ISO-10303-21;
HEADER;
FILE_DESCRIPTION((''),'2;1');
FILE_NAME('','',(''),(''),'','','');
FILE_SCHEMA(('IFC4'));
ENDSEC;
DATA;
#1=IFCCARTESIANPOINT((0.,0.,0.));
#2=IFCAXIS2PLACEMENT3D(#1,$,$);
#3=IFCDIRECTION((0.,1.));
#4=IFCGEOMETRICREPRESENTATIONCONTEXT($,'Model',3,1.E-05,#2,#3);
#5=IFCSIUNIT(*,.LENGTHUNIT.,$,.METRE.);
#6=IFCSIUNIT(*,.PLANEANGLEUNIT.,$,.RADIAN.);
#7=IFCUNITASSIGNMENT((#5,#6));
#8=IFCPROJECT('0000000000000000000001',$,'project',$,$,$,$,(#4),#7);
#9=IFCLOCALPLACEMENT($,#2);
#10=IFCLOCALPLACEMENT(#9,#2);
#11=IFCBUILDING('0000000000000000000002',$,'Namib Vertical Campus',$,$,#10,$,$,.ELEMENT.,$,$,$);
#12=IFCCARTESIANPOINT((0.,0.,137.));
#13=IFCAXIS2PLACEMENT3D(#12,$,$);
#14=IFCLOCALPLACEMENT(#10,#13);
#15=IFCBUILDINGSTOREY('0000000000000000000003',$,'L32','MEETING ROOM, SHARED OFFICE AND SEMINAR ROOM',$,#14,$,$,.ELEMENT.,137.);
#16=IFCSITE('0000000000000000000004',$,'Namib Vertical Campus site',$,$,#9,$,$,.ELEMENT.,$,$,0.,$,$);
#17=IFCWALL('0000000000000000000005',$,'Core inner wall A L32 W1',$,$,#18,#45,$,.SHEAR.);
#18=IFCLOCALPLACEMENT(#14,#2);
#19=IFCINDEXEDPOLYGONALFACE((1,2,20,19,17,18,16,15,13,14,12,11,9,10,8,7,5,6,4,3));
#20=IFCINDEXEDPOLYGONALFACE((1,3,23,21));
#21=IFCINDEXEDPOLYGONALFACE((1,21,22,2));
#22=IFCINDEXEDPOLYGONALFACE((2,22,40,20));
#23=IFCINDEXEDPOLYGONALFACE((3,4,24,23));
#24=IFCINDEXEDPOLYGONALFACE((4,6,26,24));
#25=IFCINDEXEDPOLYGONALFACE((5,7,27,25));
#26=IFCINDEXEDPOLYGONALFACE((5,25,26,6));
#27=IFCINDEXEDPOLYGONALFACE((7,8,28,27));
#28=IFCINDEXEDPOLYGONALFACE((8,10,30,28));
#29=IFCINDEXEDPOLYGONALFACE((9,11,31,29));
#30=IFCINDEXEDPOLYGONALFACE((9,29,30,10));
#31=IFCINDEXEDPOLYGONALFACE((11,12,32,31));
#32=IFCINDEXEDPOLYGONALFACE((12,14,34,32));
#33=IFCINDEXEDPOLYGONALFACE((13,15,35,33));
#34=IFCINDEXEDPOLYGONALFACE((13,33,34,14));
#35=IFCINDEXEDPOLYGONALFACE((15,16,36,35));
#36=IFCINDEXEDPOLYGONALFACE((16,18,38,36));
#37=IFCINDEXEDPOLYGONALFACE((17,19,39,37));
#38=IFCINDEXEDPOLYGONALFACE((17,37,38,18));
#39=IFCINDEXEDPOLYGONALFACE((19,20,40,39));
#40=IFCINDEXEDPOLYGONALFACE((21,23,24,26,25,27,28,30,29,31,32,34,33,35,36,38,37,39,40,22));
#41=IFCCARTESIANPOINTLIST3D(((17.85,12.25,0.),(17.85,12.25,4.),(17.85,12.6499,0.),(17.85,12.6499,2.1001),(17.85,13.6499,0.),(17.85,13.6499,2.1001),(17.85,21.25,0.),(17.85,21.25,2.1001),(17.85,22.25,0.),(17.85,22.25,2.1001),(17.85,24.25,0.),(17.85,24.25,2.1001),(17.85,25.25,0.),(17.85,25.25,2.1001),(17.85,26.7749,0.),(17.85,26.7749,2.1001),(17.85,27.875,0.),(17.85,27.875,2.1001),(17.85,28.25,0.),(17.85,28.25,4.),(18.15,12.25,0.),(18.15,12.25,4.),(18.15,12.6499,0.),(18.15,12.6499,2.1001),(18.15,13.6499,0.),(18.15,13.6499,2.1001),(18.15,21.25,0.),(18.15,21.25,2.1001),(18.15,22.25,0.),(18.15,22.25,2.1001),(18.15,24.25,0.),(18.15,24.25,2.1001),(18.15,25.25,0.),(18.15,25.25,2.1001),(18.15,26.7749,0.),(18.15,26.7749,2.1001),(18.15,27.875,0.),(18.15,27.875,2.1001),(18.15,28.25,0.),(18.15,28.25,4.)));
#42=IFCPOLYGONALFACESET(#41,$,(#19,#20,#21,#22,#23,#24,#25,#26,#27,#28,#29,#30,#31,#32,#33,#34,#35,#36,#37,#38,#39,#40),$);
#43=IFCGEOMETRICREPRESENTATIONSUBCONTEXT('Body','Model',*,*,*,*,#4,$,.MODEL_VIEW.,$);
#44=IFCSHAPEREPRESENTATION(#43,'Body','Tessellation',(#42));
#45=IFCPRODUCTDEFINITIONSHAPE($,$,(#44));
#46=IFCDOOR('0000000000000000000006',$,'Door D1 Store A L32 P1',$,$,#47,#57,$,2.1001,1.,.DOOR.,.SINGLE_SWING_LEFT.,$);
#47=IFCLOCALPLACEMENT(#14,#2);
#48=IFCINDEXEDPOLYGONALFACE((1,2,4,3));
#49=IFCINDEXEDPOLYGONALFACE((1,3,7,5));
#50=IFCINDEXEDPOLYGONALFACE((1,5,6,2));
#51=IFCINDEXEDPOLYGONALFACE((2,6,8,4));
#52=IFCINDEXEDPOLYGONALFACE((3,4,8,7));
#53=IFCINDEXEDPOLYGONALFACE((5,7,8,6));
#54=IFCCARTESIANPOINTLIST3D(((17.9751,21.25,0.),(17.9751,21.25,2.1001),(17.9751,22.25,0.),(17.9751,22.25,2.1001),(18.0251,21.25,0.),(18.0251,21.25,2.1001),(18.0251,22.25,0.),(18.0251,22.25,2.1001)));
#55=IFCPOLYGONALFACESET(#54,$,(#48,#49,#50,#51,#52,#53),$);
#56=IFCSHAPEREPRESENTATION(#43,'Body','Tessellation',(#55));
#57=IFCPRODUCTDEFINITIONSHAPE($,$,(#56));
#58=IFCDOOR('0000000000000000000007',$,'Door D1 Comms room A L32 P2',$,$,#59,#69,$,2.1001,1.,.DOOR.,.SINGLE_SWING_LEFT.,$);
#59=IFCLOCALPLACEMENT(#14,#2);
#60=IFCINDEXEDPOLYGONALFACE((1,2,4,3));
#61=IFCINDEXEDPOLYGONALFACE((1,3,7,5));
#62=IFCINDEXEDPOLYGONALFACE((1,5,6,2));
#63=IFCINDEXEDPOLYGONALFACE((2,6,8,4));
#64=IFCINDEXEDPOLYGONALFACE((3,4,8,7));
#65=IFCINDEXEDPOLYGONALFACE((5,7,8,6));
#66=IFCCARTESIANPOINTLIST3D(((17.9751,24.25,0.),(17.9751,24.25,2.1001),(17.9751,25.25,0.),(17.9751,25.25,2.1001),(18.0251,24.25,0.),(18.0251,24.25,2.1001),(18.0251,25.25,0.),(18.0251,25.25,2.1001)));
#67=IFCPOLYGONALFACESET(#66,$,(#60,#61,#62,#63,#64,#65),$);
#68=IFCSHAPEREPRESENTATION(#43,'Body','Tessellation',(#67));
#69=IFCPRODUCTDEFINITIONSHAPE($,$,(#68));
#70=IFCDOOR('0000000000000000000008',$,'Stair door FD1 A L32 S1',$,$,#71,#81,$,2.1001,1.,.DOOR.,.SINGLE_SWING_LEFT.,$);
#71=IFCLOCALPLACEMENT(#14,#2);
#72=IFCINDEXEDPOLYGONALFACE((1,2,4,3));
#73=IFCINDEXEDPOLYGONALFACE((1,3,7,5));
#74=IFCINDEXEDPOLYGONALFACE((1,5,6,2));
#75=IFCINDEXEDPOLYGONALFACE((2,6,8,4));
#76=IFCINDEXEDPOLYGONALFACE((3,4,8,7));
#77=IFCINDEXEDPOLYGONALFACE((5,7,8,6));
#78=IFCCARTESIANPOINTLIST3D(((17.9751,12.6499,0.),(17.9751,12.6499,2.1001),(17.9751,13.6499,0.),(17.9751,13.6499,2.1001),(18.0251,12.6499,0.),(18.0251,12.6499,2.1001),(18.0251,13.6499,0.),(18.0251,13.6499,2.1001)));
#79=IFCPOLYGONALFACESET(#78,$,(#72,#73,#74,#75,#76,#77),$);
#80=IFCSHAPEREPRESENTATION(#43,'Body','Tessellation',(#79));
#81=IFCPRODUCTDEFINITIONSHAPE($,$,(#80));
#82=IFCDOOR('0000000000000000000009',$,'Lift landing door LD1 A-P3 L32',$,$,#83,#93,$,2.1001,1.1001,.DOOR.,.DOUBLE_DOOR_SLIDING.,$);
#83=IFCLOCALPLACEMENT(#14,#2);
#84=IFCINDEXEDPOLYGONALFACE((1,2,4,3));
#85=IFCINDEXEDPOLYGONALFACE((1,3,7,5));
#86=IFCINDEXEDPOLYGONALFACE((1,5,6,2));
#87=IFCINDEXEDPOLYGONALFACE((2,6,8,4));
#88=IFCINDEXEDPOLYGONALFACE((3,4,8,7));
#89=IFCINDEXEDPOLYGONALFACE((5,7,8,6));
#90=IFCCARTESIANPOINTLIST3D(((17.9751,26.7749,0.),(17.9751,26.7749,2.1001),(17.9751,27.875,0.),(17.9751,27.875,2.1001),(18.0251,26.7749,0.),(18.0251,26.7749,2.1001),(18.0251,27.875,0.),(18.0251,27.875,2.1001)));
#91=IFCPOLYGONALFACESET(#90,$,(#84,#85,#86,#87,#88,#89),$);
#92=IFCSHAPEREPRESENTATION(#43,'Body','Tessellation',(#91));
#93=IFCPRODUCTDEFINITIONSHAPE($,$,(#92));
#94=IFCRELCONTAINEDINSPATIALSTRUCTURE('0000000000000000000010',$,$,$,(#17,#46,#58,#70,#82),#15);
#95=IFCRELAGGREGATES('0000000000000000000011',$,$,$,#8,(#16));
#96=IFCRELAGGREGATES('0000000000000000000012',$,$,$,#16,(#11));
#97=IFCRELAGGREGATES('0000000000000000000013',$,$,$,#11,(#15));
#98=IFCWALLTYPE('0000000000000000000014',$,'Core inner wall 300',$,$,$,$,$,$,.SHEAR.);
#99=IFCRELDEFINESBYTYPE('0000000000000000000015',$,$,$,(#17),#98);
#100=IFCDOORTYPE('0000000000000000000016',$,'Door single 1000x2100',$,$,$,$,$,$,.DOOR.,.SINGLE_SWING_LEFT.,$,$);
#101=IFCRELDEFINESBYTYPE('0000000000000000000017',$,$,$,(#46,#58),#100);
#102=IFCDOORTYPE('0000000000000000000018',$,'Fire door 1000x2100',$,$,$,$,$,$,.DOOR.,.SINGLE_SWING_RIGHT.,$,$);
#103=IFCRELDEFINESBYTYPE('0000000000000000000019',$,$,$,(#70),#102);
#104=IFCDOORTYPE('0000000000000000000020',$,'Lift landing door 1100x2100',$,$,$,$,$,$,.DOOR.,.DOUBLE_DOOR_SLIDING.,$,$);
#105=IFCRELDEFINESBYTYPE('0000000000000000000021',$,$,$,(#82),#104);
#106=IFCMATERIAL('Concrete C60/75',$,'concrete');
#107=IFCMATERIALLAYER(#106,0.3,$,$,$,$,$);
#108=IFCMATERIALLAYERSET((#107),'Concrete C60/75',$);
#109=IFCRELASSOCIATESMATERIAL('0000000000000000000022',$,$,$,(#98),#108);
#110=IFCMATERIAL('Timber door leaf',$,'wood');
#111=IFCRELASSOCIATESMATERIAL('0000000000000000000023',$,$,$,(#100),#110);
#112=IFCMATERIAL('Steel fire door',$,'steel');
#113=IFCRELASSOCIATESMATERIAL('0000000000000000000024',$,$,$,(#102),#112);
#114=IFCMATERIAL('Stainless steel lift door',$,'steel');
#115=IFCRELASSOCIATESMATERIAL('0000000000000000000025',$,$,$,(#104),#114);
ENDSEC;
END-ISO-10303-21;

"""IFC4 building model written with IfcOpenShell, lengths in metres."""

from ifc_helpers import new_model, si_unit, direction, frame, frame_2d, origin, place, context, subcontext, project, spatial, rectangle, extrude, material, layer, layer_set, type_object, element, fill, save


model = new_model("IFC4")

# Units and contexts
model_context = context("Model", 3, precision=1e-05, world=origin(), true_north=direction((0.0, 1.0)))
body_context = subcontext(model_context, "Body", "Model", "MODEL_VIEW")
ifc_project = project(units=[si_unit("LENGTHUNIT", "METRE"), si_unit("PLANEANGLEUNIT", "RADIAN")], contexts=[model_context])

# Site, building, storey
site_placement = place(None, origin())
site = spatial("IfcSite", under=ifc_project, at=site_placement, Name="Namib Vertical Campus site", CompositionType="ELEMENT", RefElevation=0.0)
building_placement = place(site_placement, origin())
building = spatial("IfcBuilding", under=site, at=building_placement, Name="Namib Vertical Campus", CompositionType="ELEMENT")
storey_placement = place(building_placement, frame((0.0, 0.0, 137.0)))
storey = spatial("IfcBuildingStorey", under=building, at=storey_placement, Name="L32", Description="MEETING ROOM, SHARED OFFICE AND SEMINAR ROOM", CompositionType="ELEMENT", Elevation=137.0)

# Wall, openings, doors
ifc_material_1 = material(Name="Concrete C60/75", Category="concrete")
ifc_layer_1 = layer(ifc_material_1, 0.3)
ifc_layer_set_1 = layer_set([ifc_layer_1], Name="Concrete C60/75")
wall_type_1 = type_object("IfcWallType", Name="Core inner wall 300", PredefinedType="SHEAR", material=ifc_layer_set_1)
wall_1_placement = place(storey_placement, frame((18.0, 12.25, 0.0), z_axis=(0.0, 0.0, 1.0), x_axis=(0.0, 1.0, 0.0)))
wall_1 = element("IfcWall", 1, at=wall_1_placement, inside=storey, type_object=wall_type_1, Name="Core inner wall A L32 W1", PredefinedType="SHEAR", context=body_context, shape_type="SweptSolid", body=[
    extrude(rectangle(XDim=16.0, YDim=0.3, at=frame_2d((8.0, 0.0))), origin(), (0.0, 0.0, 1.0), 4.0),
])
opening_1_placement = place(wall_1_placement, frame((0.3999, 0.0, 0.0)))
opening_1 = element("IfcOpeningElement", 2, at=opening_1_placement, cuts=wall_1, PredefinedType="OPENING", context=body_context, shape_type="SweptSolid", body=[
    extrude(rectangle(XDim=1.0, YDim=2.1001, at=frame_2d((0.5, 1.05))), frame((0.0, 0.1599, 0.0), z_axis=(0.0, -1.0, 0.0), x_axis=(1.0, 0.0, 0.0)), (0.0, 0.0, 1.0), 0.3201),
])
opening_2_placement = place(wall_1_placement, frame((14.5249, 0.0, 0.0)))
opening_2 = element("IfcOpeningElement", 3, at=opening_2_placement, cuts=wall_1, PredefinedType="OPENING", context=body_context, shape_type="SweptSolid", body=[
    extrude(rectangle(XDim=1.1001, YDim=2.1001, at=frame_2d((0.55, 1.05))), frame((0.0, 0.1599, 0.0), z_axis=(0.0, -1.0, 0.0), x_axis=(1.0, 0.0, 0.0)), (0.0, 0.0, 1.0), 0.3201),
])
opening_3_placement = place(wall_1_placement, frame((9.0, 0.0, 0.0)))
opening_3 = element("IfcOpeningElement", 4, at=opening_3_placement, cuts=wall_1, PredefinedType="OPENING", context=body_context, shape_type="SweptSolid", body=[
    extrude(rectangle(XDim=1.0, YDim=2.1001, at=frame_2d((0.5, 1.05))), frame((0.0, 0.1599, 0.0), z_axis=(0.0, -1.0, 0.0), x_axis=(1.0, 0.0, 0.0)), (0.0, 0.0, 1.0), 0.3201),
])
opening_4_placement = place(wall_1_placement, frame((12.0, 0.0, 0.0)))
opening_4 = element("IfcOpeningElement", 5, at=opening_4_placement, cuts=wall_1, PredefinedType="OPENING", context=body_context, shape_type="SweptSolid", body=[
    extrude(rectangle(XDim=1.0, YDim=2.1001, at=frame_2d((0.5, 1.05))), frame((0.0, 0.1599, 0.0), z_axis=(0.0, -1.0, 0.0), x_axis=(1.0, 0.0, 0.0)), (0.0, 0.0, 1.0), 0.3201),
])
ifc_material_2 = material(Name="Timber door leaf", Category="wood")
door_type_1 = type_object("IfcDoorType", Name="Door single 1000x2100", OperationType="SINGLE_SWING_LEFT", PredefinedType="DOOR", material=ifc_material_2)
door_1_placement = place(opening_3_placement, origin())
door_1 = element("IfcDoor", 6, at=door_1_placement, inside=storey, type_object=door_type_1, Name="Door D1 Store A L32 P1", OperationType="SINGLE_SWING_LEFT", OverallHeight=2.1001, OverallWidth=1.0, PredefinedType="DOOR", context=body_context, shape_type="SweptSolid", body=[
    extrude(rectangle(XDim=1.0, YDim=2.1001, at=frame_2d((0.5, 1.05))), frame((0.0, 0.0249, 0.0), z_axis=(0.0, -1.0, 0.0), x_axis=(1.0, 0.0, 0.0)), (0.0, 0.0, 1.0), 0.05),
])
fill(opening_3, door_1)
door_2_placement = place(opening_4_placement, origin())
door_2 = element("IfcDoor", 7, at=door_2_placement, inside=storey, type_object=door_type_1, Name="Door D1 Comms room A L32 P2", OperationType="SINGLE_SWING_LEFT", OverallHeight=2.1001, OverallWidth=1.0, PredefinedType="DOOR", context=body_context, shape_type="SweptSolid", body=[
    extrude(rectangle(XDim=1.0, YDim=2.1001, at=frame_2d((0.5, 1.05))), frame((0.0, 0.0249, 0.0), z_axis=(0.0, -1.0, 0.0), x_axis=(1.0, 0.0, 0.0)), (0.0, 0.0, 1.0), 0.05),
])
fill(opening_4, door_2)
ifc_material_3 = material(Name="Steel fire door", Category="steel")
door_type_2 = type_object("IfcDoorType", Name="Fire door 1000x2100", OperationType="SINGLE_SWING_RIGHT", PredefinedType="DOOR", material=ifc_material_3)
door_3_placement = place(opening_1_placement, origin())
door_3 = element("IfcDoor", 8, at=door_3_placement, inside=storey, type_object=door_type_2, Name="Stair door FD1 A L32 S1", OperationType="SINGLE_SWING_LEFT", OverallHeight=2.1001, OverallWidth=1.0, PredefinedType="DOOR", context=body_context, shape_type="SweptSolid", body=[
    extrude(rectangle(XDim=1.0, YDim=2.1001, at=frame_2d((0.5, 1.05))), frame((0.0, 0.0249, 0.0), z_axis=(0.0, -1.0, 0.0), x_axis=(1.0, 0.0, 0.0)), (0.0, 0.0, 1.0), 0.05),
])
fill(opening_1, door_3)
ifc_material_4 = material(Name="Stainless steel lift door", Category="steel")
door_type_3 = type_object("IfcDoorType", Name="Lift landing door 1100x2100", OperationType="DOUBLE_DOOR_SLIDING", PredefinedType="DOOR", material=ifc_material_4)
door_4_placement = place(opening_2_placement, origin())
door_4 = element("IfcDoor", 9, at=door_4_placement, inside=storey, type_object=door_type_3, Name="Lift landing door LD1 A-P3 L32", OperationType="DOUBLE_DOOR_SLIDING", OverallHeight=2.1001, OverallWidth=1.1001, PredefinedType="DOOR", context=body_context, shape_type="SweptSolid", body=[
    extrude(rectangle(XDim=1.1001, YDim=2.1001, at=frame_2d((0.55, 1.05))), frame((0.0, 0.0249, 0.0), z_axis=(0.0, -1.0, 0.0), x_axis=(1.0, 0.0, 0.0)), (0.0, 0.0, 1.0), 0.05),
])
fill(opening_2, door_4)

save(model, "model.ifc")
